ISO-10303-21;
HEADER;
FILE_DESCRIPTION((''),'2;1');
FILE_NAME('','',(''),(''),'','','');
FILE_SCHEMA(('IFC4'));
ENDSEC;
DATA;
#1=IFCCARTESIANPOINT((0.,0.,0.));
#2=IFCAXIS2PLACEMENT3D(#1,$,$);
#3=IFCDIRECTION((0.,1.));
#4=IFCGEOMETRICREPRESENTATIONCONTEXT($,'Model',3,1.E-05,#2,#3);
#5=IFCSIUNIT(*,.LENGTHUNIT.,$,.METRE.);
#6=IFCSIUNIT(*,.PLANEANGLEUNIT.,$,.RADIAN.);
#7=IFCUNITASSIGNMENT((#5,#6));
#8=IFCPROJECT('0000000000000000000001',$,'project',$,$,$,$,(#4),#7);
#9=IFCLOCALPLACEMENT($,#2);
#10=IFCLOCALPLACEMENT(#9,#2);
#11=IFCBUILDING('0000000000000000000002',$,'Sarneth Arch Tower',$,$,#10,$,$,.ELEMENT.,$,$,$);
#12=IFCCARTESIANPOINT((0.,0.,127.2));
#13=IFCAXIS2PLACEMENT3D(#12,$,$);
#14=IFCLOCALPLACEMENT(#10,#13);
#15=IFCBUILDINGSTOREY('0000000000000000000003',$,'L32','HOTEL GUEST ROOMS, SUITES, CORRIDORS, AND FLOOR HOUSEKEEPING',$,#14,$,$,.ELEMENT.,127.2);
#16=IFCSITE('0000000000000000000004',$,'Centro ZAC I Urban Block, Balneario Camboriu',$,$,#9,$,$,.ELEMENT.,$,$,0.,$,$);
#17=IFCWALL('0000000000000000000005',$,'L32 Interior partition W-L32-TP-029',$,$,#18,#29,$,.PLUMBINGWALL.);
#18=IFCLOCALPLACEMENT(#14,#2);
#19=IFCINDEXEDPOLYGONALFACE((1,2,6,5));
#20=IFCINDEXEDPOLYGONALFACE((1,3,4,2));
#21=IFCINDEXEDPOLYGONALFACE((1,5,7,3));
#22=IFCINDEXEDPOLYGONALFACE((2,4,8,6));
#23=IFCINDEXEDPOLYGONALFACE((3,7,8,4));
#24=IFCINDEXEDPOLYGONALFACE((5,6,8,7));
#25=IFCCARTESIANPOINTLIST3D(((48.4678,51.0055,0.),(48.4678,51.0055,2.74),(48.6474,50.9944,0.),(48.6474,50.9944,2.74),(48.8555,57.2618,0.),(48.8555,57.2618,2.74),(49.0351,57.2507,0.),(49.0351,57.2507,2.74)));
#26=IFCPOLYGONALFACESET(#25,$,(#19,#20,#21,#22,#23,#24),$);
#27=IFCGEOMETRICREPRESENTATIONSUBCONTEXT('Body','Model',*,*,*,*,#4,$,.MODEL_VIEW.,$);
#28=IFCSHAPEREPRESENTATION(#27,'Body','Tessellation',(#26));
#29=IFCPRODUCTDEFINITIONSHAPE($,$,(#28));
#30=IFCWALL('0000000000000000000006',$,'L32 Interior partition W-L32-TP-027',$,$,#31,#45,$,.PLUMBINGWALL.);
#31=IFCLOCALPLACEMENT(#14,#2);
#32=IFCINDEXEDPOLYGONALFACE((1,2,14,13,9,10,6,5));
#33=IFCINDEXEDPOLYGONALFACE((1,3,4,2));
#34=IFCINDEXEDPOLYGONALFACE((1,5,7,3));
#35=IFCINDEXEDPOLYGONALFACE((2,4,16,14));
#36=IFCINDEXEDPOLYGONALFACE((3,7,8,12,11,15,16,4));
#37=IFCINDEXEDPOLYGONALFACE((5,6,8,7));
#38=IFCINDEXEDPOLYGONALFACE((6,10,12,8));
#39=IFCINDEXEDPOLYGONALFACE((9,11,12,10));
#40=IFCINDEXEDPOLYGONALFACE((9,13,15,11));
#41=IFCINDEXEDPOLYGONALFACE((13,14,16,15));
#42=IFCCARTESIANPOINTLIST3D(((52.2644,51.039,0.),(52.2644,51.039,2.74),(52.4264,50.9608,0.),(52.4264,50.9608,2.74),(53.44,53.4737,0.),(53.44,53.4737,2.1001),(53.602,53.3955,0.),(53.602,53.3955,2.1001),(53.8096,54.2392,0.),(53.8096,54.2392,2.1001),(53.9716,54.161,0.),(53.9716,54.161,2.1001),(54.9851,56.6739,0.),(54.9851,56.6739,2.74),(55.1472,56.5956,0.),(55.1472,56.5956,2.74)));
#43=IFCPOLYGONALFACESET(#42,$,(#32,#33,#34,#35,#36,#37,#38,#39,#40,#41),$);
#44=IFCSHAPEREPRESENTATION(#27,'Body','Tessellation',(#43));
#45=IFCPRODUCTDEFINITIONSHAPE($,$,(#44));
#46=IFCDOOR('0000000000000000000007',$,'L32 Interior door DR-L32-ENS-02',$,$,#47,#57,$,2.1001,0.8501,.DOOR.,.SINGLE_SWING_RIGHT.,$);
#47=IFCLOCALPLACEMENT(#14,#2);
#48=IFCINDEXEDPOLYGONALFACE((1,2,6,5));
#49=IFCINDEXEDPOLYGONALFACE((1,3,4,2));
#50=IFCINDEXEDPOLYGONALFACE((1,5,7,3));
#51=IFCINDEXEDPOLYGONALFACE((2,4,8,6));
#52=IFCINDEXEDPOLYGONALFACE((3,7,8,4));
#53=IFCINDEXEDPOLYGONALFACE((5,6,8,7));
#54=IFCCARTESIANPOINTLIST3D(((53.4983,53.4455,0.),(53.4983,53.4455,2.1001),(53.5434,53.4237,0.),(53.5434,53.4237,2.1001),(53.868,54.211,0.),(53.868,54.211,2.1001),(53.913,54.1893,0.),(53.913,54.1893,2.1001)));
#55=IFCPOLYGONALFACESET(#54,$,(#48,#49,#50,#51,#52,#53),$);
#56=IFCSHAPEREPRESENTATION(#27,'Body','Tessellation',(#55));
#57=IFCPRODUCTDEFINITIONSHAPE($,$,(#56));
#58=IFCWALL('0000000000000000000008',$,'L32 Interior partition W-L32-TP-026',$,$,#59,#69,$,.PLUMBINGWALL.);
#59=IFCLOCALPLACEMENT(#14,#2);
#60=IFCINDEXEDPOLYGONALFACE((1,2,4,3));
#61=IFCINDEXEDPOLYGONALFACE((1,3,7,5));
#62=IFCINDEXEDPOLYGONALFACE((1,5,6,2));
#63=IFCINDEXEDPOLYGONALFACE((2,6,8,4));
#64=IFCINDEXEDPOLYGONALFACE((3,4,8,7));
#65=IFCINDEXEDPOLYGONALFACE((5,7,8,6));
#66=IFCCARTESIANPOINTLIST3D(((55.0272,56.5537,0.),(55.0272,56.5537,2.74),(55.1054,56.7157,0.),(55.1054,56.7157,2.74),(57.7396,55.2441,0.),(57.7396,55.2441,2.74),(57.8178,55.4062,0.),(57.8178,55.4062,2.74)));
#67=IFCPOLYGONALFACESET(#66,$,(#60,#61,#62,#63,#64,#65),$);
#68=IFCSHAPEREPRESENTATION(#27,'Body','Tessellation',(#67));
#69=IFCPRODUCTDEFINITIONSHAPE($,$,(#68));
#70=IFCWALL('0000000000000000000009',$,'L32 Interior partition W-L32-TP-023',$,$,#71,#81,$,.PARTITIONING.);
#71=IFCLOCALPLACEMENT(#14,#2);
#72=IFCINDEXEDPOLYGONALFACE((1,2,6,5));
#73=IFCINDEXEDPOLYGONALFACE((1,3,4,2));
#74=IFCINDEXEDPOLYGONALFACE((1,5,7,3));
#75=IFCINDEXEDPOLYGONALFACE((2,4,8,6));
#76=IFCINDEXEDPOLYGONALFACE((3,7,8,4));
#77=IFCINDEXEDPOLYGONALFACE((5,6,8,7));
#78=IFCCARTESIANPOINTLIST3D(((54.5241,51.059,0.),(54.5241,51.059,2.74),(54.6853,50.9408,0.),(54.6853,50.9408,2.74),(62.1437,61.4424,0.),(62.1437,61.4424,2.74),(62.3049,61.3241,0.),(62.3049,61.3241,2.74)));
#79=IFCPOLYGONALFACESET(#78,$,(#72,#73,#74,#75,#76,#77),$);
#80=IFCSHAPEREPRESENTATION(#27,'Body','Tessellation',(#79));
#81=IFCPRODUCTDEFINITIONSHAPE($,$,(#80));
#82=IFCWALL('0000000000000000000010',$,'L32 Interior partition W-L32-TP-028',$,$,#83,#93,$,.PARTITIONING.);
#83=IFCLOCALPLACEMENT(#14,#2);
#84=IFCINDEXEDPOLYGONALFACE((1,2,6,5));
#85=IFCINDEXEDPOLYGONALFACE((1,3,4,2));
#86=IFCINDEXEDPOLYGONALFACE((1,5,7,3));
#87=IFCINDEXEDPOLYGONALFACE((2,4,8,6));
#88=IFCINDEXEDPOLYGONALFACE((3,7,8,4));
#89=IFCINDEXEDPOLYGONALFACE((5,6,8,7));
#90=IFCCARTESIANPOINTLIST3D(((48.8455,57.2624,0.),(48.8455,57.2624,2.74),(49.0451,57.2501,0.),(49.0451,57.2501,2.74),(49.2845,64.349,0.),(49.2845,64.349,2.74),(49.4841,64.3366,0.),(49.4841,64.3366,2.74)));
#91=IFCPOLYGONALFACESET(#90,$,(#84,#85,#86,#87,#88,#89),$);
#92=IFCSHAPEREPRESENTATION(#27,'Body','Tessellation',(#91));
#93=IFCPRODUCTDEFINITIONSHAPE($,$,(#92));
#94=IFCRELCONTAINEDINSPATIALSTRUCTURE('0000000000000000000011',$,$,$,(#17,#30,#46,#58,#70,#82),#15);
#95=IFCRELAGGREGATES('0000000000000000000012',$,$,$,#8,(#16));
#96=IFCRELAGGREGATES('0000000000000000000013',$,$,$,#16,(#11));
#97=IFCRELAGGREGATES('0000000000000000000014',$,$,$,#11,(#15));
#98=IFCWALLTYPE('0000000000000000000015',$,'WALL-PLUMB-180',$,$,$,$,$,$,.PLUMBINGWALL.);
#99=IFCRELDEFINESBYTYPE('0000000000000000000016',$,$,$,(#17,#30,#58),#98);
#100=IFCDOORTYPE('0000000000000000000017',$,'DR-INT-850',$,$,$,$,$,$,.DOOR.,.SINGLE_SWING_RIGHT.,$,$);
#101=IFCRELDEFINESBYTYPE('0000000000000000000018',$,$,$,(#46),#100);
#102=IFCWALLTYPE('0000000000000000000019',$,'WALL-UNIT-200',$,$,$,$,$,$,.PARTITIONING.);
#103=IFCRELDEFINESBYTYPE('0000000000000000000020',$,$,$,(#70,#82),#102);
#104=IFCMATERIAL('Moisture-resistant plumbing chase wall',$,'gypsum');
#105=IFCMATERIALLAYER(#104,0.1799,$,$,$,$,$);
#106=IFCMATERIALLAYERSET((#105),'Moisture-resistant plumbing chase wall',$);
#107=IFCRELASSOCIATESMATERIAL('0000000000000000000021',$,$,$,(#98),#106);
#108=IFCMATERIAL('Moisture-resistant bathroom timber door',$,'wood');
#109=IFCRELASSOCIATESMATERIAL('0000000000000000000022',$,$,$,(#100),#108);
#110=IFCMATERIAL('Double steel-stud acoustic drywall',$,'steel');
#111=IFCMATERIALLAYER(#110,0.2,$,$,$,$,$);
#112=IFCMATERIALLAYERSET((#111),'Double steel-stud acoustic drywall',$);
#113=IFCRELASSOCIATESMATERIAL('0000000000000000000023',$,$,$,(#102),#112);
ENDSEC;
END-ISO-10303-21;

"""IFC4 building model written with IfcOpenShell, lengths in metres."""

from ifc_helpers import new_model, si_unit, direction, frame, frame_2d, origin, place, context, subcontext, project, spatial, rectangle, extrude, material, layer, layer_set, type_object, element, fill, save


model = new_model("IFC4")

# Units and contexts
model_context = context("Model", 3, precision=1e-05, world=origin(), true_north=direction((0.0, 1.0)))
body_context = subcontext(model_context, "Body", "Model", "MODEL_VIEW")
ifc_project = project(units=[si_unit("LENGTHUNIT", "METRE"), si_unit("PLANEANGLEUNIT", "RADIAN")], contexts=[model_context])

# Site, building, storey
site_placement = place(None, origin())
site = spatial("IfcSite", under=ifc_project, at=site_placement, Name="Centro ZAC I Urban Block, Balneario Camboriu", CompositionType="ELEMENT", RefElevation=0.0)
building_placement = place(site_placement, origin())
building = spatial("IfcBuilding", under=site, at=building_placement, Name="Sarneth Arch Tower", CompositionType="ELEMENT")
storey_placement = place(building_placement, frame((0.0, 0.0, 127.2)))
storey = spatial("IfcBuildingStorey", under=building, at=storey_placement, Name="L32", Description="HOTEL GUEST ROOMS, SUITES, CORRIDORS, AND FLOOR HOUSEKEEPING", CompositionType="ELEMENT", Elevation=127.2)

# Wall
ifc_material_1 = material(Name="Moisture-resistant plumbing chase wall", Category="gypsum")
ifc_layer_1 = layer(ifc_material_1, 0.1799)
ifc_layer_set_1 = layer_set([ifc_layer_1], Name="Moisture-resistant plumbing chase wall")
wall_type_1 = type_object("IfcWallType", Name="WALL-PLUMB-180", PredefinedType="PLUMBINGWALL", material=ifc_layer_set_1)
wall_1_placement = place(storey_placement, frame((48.9453, 57.2563, 0.0), z_axis=(0.0, 0.0, 1.0), x_axis=(-0.06185, -0.998085, 0.0)))
element("IfcWall", 1, at=wall_1_placement, inside=storey, type_object=wall_type_1, Name="L32 Interior partition W-L32-TP-029", PredefinedType="PLUMBINGWALL", context=body_context, shape_type="SweptSolid", body=[
    extrude(rectangle(XDim=6.2683, YDim=0.1799, at=frame_2d((3.1343, 0.0))), origin(), (0.0, 0.0, 1.0), 2.74),
])

# Wall, opening, door
wall_2_placement = place(storey_placement, frame((55.0662, 56.6348, 0.0), z_axis=(0.0, 0.0, 1.0), x_axis=(-0.43481, -0.900522, 0.0)))
wall_2 = element("IfcWall", 2, at=wall_2_placement, inside=storey, type_object=wall_type_1, Name="L32 Interior partition W-L32-TP-027", PredefinedType="PLUMBINGWALL", context=body_context, shape_type="SweptSolid", body=[
    extrude(rectangle(XDim=6.2573, YDim=0.1799, at=frame_2d((3.1287, 0.0))), origin(), (0.0, 0.0, 1.0), 2.74),
])
opening_1_placement = place(wall_2_placement, frame((2.7036, 0.0, 0.0)))
opening_1 = element("IfcOpeningElement", 3, at=opening_1_placement, cuts=wall_2, PredefinedType="OPENING", context=body_context, shape_type="SweptSolid", body=[
    extrude(rectangle(XDim=0.8501, YDim=2.1001, at=frame_2d((0.425, 1.05))), frame((0.0, 0.0999, 0.0), z_axis=(0.0, -1.0, 0.0), x_axis=(1.0, 0.0, 0.0)), (0.0, 0.0, 1.0), 0.2),
])
ifc_material_2 = material(Name="Moisture-resistant bathroom timber door", Category="wood")
door_type_1 = type_object("IfcDoorType", Name="DR-INT-850", OperationType="SINGLE_SWING_RIGHT", PredefinedType="DOOR", material=ifc_material_2)
door_1_placement = place(opening_1_placement, origin())
door_1 = element("IfcDoor", 4, at=door_1_placement, inside=storey, type_object=door_type_1, Name="L32 Interior door DR-L32-ENS-02", OperationType="SINGLE_SWING_RIGHT", OverallHeight=2.1001, OverallWidth=0.8501, PredefinedType="DOOR", context=body_context, shape_type="SweptSolid", body=[
    extrude(rectangle(XDim=0.8501, YDim=2.1001, at=frame_2d((0.425, 1.05))), frame((0.0, 0.0249, 0.0), z_axis=(0.0, -1.0, 0.0), x_axis=(1.0, 0.0, 0.0)), (0.0, 0.0, 1.0), 0.05),
])
fill(opening_1, door_1)

# Walls
wall_3_placement = place(storey_placement, frame((57.7786, 55.3252, 0.0), z_axis=(0.0, 0.0, 1.0), x_axis=(-0.900534, 0.434785, 0.0)))
element("IfcWall", 5, at=wall_3_placement, inside=storey, type_object=wall_type_1, Name="L32 Interior partition W-L32-TP-026", PredefinedType="PLUMBINGWALL", context=body_context, shape_type="SweptSolid", body=[
    extrude(rectangle(XDim=3.012, YDim=0.1799, at=frame_2d((1.5059, 0.0))), origin(), (0.0, 0.0, 1.0), 2.74),
])
ifc_material_3 = material(Name="Double steel-stud acoustic drywall", Category="steel")
ifc_layer_2 = layer(ifc_material_3, 0.2)
ifc_layer_set_2 = layer_set([ifc_layer_2], Name="Double steel-stud acoustic drywall")
wall_type_2 = type_object("IfcWallType", Name="WALL-UNIT-200", PredefinedType="PARTITIONING", material=ifc_layer_set_2)
wall_4_placement = place(storey_placement, frame((54.6047, 51.0, 0.0), z_axis=(0.0, 0.0, 1.0), x_axis=(0.591627, 0.806212, 0.0)))
element("IfcWall", 6, at=wall_4_placement, inside=storey, type_object=wall_type_2, Name="L32 Interior partition W-L32-TP-023", PredefinedType="PARTITIONING", context=body_context, shape_type="SweptSolid", body=[
    extrude(rectangle(XDim=12.8792, YDim=0.2, at=frame_2d((6.4395, 0.0))), origin(), (0.0, 0.0, 1.0), 2.74),
])
wall_5_placement = place(storey_placement, frame((49.3843, 64.3428, 0.0), z_axis=(0.0, 0.0, 1.0), x_axis=(-0.061826, -0.998087, 0.0)))
element("IfcWall", 7, at=wall_5_placement, inside=storey, type_object=wall_type_2, Name="L32 Interior partition W-L32-TP-028", PredefinedType="PARTITIONING", context=body_context, shape_type="SweptSolid", body=[
    extrude(rectangle(XDim=7.1001, YDim=0.2, at=frame_2d((3.55, 0.0))), origin(), (0.0, 0.0, 1.0), 2.74),
])

save(model, "model.ifc")
